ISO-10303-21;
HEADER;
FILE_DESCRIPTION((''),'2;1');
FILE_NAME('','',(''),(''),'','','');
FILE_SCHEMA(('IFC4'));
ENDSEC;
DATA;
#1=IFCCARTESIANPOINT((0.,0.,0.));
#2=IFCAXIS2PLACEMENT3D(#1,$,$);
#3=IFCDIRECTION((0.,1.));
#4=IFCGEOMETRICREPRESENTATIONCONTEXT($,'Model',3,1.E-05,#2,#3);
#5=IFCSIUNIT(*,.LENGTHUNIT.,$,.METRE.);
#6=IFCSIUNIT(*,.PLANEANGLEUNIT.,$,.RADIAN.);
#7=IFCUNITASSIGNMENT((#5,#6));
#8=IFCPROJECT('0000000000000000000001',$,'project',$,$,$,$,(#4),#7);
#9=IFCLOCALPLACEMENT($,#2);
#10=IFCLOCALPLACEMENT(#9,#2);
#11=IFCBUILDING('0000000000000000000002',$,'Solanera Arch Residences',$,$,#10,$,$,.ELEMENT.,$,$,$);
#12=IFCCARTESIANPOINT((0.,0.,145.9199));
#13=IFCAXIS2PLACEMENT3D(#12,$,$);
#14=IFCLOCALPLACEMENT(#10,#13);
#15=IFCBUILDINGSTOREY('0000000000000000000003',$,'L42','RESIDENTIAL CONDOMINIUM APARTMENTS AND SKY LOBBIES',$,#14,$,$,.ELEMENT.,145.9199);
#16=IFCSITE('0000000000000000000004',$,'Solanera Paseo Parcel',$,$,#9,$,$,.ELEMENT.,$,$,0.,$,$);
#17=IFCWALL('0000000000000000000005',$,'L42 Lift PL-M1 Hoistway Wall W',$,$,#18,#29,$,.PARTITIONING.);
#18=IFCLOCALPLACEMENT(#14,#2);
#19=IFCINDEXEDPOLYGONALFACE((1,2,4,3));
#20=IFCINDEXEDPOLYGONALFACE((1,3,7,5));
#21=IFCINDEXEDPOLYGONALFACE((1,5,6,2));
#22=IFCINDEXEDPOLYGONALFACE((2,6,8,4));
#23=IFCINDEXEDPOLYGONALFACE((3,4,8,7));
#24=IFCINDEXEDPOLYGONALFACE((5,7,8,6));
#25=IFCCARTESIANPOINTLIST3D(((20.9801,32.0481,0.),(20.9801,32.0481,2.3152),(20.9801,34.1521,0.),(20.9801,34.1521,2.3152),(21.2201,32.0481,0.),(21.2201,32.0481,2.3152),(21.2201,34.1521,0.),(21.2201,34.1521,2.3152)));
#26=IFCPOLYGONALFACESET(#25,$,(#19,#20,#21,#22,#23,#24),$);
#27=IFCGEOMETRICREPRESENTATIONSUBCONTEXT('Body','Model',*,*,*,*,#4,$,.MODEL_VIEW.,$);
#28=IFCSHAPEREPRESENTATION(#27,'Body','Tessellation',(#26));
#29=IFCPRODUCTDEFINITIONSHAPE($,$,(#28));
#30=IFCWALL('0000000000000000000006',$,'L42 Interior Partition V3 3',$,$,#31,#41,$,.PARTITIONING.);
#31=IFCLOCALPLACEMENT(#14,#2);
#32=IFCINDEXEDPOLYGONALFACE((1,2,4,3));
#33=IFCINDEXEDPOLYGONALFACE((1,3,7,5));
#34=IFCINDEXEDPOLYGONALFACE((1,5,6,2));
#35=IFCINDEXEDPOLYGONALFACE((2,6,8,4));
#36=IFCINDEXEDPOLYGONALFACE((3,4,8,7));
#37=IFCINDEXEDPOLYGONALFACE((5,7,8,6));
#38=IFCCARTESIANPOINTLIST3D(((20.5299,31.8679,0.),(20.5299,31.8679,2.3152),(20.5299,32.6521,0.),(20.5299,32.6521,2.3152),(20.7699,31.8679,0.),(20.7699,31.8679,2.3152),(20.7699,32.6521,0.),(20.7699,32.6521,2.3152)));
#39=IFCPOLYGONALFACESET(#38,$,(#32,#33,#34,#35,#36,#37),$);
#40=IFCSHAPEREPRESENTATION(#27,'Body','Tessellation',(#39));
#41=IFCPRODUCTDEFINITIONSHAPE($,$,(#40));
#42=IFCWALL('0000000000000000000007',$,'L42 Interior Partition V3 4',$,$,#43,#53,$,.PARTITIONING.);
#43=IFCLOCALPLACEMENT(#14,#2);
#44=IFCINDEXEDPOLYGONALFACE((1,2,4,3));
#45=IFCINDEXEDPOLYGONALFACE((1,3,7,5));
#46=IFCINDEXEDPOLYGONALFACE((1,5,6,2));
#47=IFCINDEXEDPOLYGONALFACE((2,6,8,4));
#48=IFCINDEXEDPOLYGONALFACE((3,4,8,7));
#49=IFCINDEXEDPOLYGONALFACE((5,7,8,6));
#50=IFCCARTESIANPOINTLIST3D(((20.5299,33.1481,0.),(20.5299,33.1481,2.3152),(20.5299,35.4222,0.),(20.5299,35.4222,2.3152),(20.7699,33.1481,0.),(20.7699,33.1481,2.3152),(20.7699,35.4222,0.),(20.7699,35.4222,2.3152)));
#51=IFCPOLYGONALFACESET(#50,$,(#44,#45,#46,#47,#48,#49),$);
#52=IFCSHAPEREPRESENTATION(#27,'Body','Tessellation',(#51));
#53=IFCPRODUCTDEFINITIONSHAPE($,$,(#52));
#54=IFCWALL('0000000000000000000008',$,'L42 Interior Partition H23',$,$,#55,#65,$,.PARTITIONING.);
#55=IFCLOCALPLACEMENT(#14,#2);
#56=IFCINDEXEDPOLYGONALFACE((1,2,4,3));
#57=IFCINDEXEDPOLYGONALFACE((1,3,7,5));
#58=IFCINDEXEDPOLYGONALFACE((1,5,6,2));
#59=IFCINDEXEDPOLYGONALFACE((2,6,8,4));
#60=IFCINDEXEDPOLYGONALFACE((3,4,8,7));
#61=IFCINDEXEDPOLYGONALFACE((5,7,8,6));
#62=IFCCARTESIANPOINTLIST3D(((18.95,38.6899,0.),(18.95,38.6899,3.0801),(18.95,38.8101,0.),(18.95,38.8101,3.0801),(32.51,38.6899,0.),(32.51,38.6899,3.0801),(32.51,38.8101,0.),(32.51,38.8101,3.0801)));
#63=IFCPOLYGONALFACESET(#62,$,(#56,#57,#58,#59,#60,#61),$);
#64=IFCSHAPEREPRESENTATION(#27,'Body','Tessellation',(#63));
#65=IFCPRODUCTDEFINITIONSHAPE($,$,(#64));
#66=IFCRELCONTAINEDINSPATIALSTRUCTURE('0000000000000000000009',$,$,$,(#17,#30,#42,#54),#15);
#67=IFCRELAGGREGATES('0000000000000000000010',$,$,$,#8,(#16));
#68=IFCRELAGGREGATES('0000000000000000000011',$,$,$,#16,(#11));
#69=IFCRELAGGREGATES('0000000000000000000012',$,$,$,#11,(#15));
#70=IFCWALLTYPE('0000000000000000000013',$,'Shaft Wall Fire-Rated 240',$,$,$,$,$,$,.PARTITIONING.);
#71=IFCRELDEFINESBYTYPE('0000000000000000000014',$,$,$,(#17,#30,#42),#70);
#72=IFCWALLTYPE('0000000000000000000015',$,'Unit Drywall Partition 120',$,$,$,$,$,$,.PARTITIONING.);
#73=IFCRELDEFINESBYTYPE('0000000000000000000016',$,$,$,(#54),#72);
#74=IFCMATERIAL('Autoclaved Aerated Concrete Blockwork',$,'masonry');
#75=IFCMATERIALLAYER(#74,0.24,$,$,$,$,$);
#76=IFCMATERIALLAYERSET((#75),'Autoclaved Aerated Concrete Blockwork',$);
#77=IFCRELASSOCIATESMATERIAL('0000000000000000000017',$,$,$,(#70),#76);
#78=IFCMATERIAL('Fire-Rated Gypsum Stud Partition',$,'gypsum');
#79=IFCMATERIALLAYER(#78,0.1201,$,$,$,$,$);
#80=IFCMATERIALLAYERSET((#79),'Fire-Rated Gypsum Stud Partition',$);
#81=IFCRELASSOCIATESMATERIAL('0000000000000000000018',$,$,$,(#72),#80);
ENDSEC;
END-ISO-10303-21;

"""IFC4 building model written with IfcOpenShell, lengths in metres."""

from ifc_helpers import new_model, si_unit, direction, frame, frame_2d, origin, place, context, subcontext, project, spatial, rectangle, extrude, material, layer, layer_set, type_object, element, save


model = new_model("IFC4")

# Units and contexts
model_context = context("Model", 3, precision=1e-05, world=origin(), true_north=direction((0.0, 1.0)))
body_context = subcontext(model_context, "Body", "Model", "MODEL_VIEW")
ifc_project = project(units=[si_unit("LENGTHUNIT", "METRE"), si_unit("PLANEANGLEUNIT", "RADIAN")], contexts=[model_context])

# Site, building, storey
site_placement = place(None, origin())
site = spatial("IfcSite", under=ifc_project, at=site_placement, Name="Solanera Paseo Parcel", CompositionType="ELEMENT", RefElevation=0.0)
building_placement = place(site_placement, origin())
building = spatial("IfcBuilding", under=site, at=building_placement, Name="Solanera Arch Residences", CompositionType="ELEMENT")
storey_placement = place(building_placement, frame((0.0, 0.0, 145.9199)))
storey = spatial("IfcBuildingStorey", under=building, at=storey_placement, Name="L42", Description="RESIDENTIAL CONDOMINIUM APARTMENTS AND SKY LOBBIES", CompositionType="ELEMENT", Elevation=145.9199)

# Wall
ifc_material_1 = material(Name="Autoclaved Aerated Concrete Blockwork", Category="masonry")
ifc_layer_1 = layer(ifc_material_1, 0.24)
ifc_layer_set_1 = layer_set([ifc_layer_1], Name="Autoclaved Aerated Concrete Blockwork")
wall_type_1 = type_object("IfcWallType", Name="Shaft Wall Fire-Rated 240", PredefinedType="PARTITIONING", material=ifc_layer_set_1)
wall_1_placement = place(storey_placement, frame((21.1001, 32.0481, 0.0), z_axis=(0.0, 0.0, 1.0), x_axis=(0.0, 1.0, 0.0)))
element("IfcWall", 1, at=wall_1_placement, inside=storey, type_object=wall_type_1, Name="L42 Lift PL-M1 Hoistway Wall W", PredefinedType="PARTITIONING", context=body_context, shape_type="SweptSolid", body=[
    extrude(rectangle(XDim=2.104, YDim=0.24, at=frame_2d((1.052, 0.0))), origin(), (0.0, 0.0, 1.0), 2.3152),
])

# Walls
wall_2_placement = place(storey_placement, frame((20.6499, 31.8679, 0.0), z_axis=(0.0, 0.0, 1.0), x_axis=(0.0, 1.0, 0.0)))
element("IfcWall", 2, at=wall_2_placement, inside=storey, type_object=wall_type_1, Name="L42 Interior Partition V3 3", PredefinedType="PARTITIONING", context=body_context, shape_type="SweptSolid", body=[
    extrude(rectangle(XDim=0.7842, YDim=0.24, at=frame_2d((0.3921, 0.0))), origin(), (0.0, 0.0, 1.0), 2.3152),
])
wall_3_placement = place(storey_placement, frame((20.6499, 33.1479, 0.0), z_axis=(0.0, 0.0, 1.0), x_axis=(0.0, 1.0, 0.0)))
element("IfcWall", 3, at=wall_3_placement, inside=storey, type_object=wall_type_1, Name="L42 Interior Partition V3 4", PredefinedType="PARTITIONING", context=body_context, shape_type="SweptSolid", body=[
    extrude(rectangle(XDim=2.2742, YDim=0.24, at=frame_2d((1.1372, 0.0))), origin(), (0.0, 0.0, 1.0), 2.3152),
])
ifc_material_2 = material(Name="Fire-Rated Gypsum Stud Partition", Category="gypsum")
ifc_layer_2 = layer(ifc_material_2, 0.1201)
ifc_layer_set_2 = layer_set([ifc_layer_2], Name="Fire-Rated Gypsum Stud Partition")
wall_type_2 = type_object("IfcWallType", Name="Unit Drywall Partition 120", PredefinedType="PARTITIONING", material=ifc_layer_set_2)
wall_4_placement = place(storey_placement, frame((18.95, 38.75, 0.0), z_axis=(0.0, 0.0, 1.0), x_axis=(1.0, 0.0, 0.0)))
element("IfcWall", 4, at=wall_4_placement, inside=storey, type_object=wall_type_2, Name="L42 Interior Partition H23", PredefinedType="PARTITIONING", context=body_context, shape_type="SweptSolid", body=[
    extrude(rectangle(XDim=13.5601, YDim=0.1201, at=frame_2d((6.78, 0.0))), origin(), (0.0, 0.0, 1.0), 3.0801),
])

save(model, "model.ifc")
